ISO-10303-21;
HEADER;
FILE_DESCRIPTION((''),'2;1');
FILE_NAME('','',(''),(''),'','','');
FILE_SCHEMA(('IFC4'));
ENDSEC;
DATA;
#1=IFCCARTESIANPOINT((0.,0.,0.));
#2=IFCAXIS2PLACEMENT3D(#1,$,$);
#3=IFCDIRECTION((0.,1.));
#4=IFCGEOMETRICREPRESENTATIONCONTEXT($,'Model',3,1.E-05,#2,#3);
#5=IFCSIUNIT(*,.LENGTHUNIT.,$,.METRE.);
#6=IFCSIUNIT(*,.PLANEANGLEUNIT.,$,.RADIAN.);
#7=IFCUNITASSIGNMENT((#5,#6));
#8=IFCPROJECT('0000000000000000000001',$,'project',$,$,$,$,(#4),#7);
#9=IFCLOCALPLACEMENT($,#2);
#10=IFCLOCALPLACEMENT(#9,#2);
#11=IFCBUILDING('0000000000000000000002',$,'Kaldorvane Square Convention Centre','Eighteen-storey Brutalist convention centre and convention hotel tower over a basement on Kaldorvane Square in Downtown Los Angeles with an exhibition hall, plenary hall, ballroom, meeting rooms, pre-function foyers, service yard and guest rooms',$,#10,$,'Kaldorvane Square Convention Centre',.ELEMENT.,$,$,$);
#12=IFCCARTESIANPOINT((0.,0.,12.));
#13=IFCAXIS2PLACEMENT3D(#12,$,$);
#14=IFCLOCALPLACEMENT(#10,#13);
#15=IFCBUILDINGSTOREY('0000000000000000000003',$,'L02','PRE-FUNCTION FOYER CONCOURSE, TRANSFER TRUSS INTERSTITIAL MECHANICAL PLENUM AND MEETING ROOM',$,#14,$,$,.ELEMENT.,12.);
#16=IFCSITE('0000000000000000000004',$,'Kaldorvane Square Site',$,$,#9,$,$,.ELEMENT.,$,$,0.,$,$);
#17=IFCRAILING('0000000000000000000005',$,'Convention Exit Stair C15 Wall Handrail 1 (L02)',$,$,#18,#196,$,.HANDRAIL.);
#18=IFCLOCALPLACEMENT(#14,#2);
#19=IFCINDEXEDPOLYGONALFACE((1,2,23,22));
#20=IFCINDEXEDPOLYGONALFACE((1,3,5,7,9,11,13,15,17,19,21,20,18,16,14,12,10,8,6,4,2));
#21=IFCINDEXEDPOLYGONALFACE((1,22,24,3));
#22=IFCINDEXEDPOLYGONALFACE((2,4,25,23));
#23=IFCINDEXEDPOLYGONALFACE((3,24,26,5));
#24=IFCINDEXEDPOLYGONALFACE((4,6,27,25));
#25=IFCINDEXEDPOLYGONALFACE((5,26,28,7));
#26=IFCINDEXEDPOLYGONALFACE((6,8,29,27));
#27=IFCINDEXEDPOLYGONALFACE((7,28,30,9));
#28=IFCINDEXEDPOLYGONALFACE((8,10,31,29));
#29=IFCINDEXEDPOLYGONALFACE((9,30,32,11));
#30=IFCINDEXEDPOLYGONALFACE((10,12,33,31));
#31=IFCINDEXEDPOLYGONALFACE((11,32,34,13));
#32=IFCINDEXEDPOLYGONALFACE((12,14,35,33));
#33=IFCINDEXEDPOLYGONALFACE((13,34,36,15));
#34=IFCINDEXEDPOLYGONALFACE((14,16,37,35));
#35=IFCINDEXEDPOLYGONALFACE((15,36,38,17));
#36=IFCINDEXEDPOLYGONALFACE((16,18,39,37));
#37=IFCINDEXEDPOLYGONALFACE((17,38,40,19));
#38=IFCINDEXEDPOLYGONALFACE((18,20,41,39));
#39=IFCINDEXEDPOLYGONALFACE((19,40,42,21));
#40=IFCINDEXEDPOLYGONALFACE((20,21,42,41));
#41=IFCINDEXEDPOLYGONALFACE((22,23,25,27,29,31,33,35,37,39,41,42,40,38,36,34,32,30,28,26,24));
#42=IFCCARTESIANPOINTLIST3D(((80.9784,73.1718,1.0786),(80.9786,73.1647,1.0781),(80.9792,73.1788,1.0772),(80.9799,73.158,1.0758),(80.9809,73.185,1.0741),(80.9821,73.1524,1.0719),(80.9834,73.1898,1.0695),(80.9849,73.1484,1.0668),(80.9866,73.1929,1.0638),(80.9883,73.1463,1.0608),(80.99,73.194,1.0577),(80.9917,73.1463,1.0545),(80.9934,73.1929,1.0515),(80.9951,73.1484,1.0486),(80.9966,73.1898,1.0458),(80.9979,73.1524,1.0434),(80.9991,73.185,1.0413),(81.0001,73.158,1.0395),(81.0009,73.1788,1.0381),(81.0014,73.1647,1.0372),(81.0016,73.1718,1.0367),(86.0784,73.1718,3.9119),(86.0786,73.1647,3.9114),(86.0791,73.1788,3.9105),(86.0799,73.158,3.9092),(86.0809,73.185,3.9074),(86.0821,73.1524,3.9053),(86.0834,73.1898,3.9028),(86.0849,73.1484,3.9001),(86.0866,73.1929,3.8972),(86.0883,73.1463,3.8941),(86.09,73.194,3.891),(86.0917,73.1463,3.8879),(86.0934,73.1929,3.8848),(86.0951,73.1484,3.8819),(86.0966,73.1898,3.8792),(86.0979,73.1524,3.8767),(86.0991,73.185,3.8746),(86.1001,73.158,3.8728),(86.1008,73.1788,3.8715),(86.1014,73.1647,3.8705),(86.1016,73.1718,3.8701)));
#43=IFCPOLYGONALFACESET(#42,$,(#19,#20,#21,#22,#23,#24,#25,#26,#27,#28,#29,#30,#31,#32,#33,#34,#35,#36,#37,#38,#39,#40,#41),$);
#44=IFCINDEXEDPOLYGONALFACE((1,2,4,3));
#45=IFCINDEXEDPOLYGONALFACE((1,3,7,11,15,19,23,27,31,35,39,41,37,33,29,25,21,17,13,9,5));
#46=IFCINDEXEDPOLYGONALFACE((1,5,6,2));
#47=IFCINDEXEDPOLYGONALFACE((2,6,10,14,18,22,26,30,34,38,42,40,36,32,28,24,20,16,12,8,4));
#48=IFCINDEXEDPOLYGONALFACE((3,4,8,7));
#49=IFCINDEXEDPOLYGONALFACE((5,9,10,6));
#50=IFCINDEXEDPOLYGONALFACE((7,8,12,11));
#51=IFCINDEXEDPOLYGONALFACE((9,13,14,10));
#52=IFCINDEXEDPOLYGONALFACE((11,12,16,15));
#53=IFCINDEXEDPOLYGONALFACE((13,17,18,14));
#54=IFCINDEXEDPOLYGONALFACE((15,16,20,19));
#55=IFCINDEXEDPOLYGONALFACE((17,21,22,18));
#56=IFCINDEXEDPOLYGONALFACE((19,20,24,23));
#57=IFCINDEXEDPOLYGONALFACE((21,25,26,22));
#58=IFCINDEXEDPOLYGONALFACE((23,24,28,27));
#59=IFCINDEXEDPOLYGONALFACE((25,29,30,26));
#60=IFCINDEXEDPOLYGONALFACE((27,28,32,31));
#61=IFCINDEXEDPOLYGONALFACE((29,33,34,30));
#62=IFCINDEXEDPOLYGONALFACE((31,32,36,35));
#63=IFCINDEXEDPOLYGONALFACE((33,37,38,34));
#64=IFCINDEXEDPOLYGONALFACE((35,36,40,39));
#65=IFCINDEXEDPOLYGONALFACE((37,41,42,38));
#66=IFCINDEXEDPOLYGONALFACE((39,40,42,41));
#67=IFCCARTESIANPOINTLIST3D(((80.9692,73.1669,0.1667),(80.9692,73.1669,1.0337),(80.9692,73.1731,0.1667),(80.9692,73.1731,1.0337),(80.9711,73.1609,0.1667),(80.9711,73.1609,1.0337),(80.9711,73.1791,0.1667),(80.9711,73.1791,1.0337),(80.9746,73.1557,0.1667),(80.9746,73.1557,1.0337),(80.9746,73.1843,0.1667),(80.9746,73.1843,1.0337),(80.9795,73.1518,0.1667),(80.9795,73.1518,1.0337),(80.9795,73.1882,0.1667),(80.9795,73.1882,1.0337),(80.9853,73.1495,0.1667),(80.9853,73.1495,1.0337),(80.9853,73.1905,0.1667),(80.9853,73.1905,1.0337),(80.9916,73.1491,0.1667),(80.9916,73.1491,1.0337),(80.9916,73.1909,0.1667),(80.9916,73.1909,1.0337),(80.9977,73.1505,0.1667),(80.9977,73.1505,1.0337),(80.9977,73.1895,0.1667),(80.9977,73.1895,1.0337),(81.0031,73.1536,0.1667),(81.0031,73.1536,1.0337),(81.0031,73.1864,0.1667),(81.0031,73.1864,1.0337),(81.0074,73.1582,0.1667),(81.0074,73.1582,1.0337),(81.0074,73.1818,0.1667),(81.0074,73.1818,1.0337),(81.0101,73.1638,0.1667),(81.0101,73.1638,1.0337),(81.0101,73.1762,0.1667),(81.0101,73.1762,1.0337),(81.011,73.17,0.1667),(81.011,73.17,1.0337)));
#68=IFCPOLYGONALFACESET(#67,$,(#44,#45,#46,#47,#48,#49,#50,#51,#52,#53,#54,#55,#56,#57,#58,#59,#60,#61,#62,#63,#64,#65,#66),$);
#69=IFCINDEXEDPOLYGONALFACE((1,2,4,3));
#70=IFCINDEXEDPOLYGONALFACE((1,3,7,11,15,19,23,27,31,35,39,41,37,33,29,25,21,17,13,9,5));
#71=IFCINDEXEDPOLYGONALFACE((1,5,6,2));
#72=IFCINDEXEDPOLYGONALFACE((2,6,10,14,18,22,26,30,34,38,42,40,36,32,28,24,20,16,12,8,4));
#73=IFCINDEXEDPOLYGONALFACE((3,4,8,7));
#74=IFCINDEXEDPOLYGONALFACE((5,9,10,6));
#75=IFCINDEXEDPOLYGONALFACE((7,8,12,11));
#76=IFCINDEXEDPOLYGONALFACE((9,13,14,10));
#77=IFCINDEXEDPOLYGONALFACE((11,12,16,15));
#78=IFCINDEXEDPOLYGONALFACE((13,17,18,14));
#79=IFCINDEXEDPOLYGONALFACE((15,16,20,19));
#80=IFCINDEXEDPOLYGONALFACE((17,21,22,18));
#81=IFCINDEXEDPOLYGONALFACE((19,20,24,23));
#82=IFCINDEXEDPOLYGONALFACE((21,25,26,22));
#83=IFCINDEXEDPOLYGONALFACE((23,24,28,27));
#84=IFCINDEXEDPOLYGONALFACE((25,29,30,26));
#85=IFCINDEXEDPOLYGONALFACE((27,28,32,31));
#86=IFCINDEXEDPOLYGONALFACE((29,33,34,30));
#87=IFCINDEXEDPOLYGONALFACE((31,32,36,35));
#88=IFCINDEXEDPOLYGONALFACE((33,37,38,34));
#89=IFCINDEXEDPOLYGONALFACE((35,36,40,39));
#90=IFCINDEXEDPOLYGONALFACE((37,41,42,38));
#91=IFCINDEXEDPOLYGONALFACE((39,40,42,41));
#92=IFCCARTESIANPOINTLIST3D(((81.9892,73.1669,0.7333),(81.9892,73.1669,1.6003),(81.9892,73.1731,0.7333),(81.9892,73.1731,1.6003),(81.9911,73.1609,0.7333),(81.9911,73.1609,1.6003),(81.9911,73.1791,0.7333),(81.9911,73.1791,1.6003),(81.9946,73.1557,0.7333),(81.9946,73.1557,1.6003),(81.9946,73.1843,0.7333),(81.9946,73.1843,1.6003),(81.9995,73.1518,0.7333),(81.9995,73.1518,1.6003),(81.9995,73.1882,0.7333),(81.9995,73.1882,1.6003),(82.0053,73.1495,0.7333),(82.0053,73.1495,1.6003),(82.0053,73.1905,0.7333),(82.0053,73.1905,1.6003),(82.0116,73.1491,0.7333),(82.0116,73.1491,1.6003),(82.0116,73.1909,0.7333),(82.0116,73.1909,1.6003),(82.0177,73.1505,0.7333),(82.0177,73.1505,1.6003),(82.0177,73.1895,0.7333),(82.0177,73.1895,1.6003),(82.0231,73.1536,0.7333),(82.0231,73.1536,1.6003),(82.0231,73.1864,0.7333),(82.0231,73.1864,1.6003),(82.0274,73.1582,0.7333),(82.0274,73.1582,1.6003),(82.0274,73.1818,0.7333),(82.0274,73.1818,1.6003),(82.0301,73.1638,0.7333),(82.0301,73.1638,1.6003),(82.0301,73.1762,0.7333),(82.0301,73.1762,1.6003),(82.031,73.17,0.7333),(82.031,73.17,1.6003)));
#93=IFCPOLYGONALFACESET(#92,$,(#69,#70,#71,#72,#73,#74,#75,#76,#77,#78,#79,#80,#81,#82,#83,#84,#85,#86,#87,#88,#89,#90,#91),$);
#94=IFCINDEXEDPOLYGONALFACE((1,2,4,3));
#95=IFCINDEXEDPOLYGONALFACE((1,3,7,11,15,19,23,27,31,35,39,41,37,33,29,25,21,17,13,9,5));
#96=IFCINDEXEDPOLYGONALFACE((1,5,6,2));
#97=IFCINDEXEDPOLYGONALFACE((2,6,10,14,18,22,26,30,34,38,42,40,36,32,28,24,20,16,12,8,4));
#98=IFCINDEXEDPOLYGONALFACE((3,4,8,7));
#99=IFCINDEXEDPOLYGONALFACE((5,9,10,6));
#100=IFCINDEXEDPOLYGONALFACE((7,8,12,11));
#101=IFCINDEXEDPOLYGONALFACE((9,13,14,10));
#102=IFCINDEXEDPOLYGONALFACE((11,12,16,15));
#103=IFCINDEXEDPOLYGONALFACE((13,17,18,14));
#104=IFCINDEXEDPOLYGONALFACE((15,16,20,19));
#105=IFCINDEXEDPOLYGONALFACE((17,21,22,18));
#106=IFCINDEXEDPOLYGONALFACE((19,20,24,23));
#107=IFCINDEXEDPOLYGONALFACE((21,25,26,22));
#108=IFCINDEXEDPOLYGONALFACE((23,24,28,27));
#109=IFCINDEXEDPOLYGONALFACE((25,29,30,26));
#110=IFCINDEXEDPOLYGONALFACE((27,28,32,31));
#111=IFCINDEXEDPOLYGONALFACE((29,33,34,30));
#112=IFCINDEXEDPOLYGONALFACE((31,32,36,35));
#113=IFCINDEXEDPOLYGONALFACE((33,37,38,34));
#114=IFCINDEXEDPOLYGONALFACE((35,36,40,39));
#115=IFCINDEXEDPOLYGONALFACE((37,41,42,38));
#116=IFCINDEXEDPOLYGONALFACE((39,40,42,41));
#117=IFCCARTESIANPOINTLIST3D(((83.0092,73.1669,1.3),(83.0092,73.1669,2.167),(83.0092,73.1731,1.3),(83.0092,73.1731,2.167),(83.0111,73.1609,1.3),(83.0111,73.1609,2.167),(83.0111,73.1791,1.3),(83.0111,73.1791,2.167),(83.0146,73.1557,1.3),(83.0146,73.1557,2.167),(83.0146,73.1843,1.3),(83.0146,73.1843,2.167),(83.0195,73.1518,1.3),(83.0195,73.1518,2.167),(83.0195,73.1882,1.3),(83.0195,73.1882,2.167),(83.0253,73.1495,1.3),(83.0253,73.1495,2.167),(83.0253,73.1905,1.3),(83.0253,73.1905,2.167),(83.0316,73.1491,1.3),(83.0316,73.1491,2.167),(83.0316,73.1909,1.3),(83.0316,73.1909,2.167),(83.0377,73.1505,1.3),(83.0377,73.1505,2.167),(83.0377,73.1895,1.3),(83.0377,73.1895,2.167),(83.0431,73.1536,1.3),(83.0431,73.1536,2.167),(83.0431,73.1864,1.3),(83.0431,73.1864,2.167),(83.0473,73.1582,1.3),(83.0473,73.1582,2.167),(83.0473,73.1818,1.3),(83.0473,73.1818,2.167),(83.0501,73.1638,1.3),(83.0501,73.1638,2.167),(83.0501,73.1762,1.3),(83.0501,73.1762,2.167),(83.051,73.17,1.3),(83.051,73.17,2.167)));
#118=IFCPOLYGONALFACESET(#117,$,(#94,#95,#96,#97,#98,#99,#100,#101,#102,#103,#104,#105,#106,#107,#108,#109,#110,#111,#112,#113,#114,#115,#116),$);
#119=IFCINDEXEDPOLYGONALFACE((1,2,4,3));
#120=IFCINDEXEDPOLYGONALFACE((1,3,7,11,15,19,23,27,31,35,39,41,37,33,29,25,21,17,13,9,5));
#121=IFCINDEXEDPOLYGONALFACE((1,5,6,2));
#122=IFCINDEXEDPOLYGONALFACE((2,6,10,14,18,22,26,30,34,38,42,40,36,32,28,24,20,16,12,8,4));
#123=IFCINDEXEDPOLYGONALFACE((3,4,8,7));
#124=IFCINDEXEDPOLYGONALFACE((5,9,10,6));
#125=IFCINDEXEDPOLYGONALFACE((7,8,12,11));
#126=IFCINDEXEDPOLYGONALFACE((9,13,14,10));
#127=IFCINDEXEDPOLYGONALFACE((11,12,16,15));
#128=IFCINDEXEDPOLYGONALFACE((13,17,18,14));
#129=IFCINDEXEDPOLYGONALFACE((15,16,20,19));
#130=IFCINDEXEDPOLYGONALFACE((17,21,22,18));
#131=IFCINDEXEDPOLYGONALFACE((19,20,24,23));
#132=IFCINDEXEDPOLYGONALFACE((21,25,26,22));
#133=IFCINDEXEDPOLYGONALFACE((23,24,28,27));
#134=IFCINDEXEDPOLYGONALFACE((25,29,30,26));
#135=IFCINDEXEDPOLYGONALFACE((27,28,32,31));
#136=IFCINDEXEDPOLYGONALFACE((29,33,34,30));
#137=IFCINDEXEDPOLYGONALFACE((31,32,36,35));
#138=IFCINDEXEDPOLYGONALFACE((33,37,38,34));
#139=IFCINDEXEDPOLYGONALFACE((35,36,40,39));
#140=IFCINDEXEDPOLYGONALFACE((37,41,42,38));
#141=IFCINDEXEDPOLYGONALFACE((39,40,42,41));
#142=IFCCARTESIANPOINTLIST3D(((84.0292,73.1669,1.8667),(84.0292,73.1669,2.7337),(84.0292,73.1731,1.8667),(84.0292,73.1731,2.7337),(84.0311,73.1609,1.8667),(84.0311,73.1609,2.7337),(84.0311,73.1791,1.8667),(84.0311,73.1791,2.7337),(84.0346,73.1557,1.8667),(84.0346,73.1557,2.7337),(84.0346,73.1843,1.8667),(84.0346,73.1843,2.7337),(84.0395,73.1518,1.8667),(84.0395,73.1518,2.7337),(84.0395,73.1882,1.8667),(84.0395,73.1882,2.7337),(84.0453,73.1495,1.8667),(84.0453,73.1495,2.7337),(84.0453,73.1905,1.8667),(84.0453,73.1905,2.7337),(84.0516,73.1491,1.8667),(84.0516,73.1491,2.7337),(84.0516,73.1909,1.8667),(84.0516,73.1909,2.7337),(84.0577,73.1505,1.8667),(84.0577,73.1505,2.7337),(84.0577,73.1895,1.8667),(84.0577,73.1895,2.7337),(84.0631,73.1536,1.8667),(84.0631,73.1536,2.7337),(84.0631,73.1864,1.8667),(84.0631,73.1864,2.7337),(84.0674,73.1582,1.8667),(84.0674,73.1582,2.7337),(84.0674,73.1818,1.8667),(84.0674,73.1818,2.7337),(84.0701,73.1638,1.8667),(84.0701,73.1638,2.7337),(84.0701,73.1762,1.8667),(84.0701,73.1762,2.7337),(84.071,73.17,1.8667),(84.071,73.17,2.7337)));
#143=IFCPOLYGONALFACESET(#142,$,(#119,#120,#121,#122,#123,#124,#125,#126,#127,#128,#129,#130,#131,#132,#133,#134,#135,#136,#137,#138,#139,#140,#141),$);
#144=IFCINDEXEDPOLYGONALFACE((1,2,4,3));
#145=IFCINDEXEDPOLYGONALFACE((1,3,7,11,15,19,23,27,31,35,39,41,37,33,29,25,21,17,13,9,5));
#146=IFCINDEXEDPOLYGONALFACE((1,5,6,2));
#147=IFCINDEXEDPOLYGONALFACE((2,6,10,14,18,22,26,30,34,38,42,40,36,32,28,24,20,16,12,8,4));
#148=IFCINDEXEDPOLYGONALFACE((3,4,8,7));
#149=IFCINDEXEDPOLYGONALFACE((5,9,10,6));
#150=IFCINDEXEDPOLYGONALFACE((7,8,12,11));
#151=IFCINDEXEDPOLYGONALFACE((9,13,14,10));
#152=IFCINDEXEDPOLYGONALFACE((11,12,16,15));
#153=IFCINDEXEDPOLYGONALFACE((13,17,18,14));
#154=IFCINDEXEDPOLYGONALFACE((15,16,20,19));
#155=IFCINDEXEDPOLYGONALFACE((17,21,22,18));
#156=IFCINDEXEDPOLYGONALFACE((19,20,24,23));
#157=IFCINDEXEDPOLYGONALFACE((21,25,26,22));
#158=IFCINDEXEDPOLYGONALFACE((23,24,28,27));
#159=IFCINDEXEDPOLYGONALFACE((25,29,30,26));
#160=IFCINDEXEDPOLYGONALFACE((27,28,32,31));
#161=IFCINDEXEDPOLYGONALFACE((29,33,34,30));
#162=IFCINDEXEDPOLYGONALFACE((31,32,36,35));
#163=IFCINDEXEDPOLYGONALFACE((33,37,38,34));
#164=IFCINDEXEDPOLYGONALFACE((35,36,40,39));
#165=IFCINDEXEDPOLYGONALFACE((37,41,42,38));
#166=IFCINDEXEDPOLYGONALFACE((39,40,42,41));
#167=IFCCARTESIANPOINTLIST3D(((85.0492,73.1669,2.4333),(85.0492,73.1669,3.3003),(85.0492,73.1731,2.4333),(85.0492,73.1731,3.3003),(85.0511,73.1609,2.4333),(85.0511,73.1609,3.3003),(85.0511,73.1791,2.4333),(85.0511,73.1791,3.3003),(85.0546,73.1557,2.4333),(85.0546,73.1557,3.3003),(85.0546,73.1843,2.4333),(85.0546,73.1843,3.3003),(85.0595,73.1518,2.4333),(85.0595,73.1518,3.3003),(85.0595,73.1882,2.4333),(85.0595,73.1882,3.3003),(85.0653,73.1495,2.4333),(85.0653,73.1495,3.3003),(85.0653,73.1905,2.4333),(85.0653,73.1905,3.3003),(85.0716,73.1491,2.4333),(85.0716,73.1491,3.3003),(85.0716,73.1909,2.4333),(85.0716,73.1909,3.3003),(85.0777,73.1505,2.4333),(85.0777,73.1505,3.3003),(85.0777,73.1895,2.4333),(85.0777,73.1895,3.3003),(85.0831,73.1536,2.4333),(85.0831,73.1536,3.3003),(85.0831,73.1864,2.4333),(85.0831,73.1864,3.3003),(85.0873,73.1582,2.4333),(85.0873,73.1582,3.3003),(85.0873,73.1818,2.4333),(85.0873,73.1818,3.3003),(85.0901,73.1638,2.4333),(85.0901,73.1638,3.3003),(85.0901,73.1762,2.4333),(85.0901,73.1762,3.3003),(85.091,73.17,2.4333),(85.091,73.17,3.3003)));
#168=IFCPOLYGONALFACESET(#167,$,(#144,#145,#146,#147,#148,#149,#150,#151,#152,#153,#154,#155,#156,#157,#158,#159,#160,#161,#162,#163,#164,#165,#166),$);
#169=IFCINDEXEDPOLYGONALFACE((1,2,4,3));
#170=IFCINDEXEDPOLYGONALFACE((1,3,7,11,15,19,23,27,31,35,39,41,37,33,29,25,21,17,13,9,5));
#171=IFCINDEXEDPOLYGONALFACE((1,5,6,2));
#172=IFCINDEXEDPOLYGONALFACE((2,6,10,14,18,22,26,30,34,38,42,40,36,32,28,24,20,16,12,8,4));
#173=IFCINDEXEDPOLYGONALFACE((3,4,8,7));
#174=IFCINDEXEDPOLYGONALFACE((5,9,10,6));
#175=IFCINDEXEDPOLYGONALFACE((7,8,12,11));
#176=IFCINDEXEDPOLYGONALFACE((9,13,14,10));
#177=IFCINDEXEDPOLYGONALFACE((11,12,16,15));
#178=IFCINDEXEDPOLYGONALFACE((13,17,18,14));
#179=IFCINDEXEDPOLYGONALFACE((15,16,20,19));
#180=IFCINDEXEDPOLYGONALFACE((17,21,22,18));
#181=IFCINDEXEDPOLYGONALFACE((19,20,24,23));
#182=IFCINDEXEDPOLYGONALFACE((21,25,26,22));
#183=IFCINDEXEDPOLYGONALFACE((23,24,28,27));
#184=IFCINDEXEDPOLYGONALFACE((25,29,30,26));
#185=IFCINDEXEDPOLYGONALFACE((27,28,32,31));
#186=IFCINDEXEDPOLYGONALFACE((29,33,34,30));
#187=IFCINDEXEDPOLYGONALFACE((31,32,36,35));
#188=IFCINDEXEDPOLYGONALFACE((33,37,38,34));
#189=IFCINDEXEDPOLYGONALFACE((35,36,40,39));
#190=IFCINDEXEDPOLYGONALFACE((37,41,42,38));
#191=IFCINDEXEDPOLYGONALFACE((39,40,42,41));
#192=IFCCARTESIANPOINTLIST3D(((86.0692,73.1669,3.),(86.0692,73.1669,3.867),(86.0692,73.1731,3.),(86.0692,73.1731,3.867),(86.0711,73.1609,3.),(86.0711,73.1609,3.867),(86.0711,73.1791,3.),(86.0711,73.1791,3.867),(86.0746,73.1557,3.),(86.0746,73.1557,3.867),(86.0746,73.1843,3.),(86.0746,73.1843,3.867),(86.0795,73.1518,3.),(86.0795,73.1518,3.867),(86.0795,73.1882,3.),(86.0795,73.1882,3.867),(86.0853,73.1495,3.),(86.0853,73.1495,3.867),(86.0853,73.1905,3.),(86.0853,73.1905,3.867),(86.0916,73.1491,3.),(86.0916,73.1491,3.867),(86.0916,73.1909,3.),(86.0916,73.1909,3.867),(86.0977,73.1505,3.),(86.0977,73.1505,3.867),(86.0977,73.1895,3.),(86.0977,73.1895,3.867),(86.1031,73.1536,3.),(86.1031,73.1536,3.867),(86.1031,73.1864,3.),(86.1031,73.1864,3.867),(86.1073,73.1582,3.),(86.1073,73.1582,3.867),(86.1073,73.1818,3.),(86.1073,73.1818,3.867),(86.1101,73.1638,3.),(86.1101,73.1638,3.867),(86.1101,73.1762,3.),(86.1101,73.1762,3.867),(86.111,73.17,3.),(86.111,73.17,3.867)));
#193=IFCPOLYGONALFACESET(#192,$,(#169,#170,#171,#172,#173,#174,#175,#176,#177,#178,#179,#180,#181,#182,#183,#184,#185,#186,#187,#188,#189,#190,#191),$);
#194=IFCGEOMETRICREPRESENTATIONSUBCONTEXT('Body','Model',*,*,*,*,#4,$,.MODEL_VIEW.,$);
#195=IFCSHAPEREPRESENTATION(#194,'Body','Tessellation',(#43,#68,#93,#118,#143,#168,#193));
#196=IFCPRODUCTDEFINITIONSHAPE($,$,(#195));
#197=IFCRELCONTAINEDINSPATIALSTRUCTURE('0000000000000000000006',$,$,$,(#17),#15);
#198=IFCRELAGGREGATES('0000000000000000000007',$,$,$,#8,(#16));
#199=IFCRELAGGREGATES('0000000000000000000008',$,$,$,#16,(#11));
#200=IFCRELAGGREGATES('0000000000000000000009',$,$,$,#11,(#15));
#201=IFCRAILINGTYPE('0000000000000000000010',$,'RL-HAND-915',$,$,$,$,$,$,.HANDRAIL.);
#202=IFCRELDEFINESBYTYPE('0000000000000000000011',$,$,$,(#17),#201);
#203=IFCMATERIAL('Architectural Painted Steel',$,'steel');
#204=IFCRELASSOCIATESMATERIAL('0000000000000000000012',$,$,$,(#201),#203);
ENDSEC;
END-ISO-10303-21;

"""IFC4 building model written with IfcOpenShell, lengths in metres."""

from ifc_helpers import new_model, si_unit, direction, frame, origin, origin_2d, place, context, subcontext, project, spatial, circle, extrude, material, type_object, element, save


model = new_model("IFC4")

# Units and contexts
model_context = context("Model", 3, precision=1e-05, world=origin(), true_north=direction((0.0, 1.0)))
body_context = subcontext(model_context, "Body", "Model", "MODEL_VIEW")
ifc_project = project(units=[si_unit("LENGTHUNIT", "METRE"), si_unit("PLANEANGLEUNIT", "RADIAN")], contexts=[model_context])

# Site, building, storey
site_placement = place(None, origin())
site = spatial("IfcSite", under=ifc_project, at=site_placement, Name="Kaldorvane Square Site", CompositionType="ELEMENT", RefElevation=0.0)
building_placement = place(site_placement, origin())
building = spatial("IfcBuilding", under=site, at=building_placement, Name="Kaldorvane Square Convention Centre", Description="Eighteen-storey Brutalist convention centre and convention hotel tower over a basement on Kaldorvane Square in Downtown Los Angeles with an exhibition hall, plenary hall, ballroom, meeting rooms, pre-function foyers, service yard and guest rooms", LongName="Kaldorvane Square Convention Centre", CompositionType="ELEMENT")
storey_placement = place(building_placement, frame((0.0, 0.0, 12.0)))
storey = spatial("IfcBuildingStorey", under=building, at=storey_placement, Name="L02", Description="PRE-FUNCTION FOYER CONCOURSE, TRANSFER TRUSS INTERSTITIAL MECHANICAL PLENUM AND MEETING ROOM", CompositionType="ELEMENT", Elevation=12.0)

# Railing
ifc_material_1 = material(Name="Architectural Painted Steel", Category="steel")
railing_type_1 = type_object("IfcRailingType", Name="RL-HAND-915", PredefinedType="HANDRAIL", material=ifc_material_1)
railing_1_placement = place(storey_placement, frame((80.99, 73.17, 0.1667)))
element("IfcRailing", 1, at=railing_1_placement, inside=storey, type_object=railing_type_1, Name="Convention Exit Stair C15 Wall Handrail 1 (L02)", PredefinedType="HANDRAIL", context=body_context, shape_type="SweptSolid", body=[
    extrude(circle(Radius=0.024, at=origin_2d()), frame((0.0, 0.0, 0.891), z_axis=(0.874157, 0.0, 0.485643), x_axis=(0.0, 1.0, 0.0)), (0.0, 0.0, 1.0), 5.8342),
    extrude(circle(Radius=0.021, at=origin_2d()), origin(), (0.0, 0.0, 1.0), 0.867),
    extrude(circle(Radius=0.021, at=origin_2d()), frame((1.02, 0.0, 0.5667)), (0.0, 0.0, 1.0), 0.867),
    extrude(circle(Radius=0.021, at=origin_2d()), frame((2.04, 0.0, 1.1333)), (0.0, 0.0, 1.0), 0.867),
    extrude(circle(Radius=0.021, at=origin_2d()), frame((3.06, 0.0, 1.7)), (0.0, 0.0, 1.0), 0.867),
    extrude(circle(Radius=0.021, at=origin_2d()), frame((4.08, 0.0, 2.2667)), (0.0, 0.0, 1.0), 0.867),
    extrude(circle(Radius=0.021, at=origin_2d()), frame((5.1, 0.0, 2.8333)), (0.0, 0.0, 1.0), 0.867),
])

save(model, "model.ifc")
